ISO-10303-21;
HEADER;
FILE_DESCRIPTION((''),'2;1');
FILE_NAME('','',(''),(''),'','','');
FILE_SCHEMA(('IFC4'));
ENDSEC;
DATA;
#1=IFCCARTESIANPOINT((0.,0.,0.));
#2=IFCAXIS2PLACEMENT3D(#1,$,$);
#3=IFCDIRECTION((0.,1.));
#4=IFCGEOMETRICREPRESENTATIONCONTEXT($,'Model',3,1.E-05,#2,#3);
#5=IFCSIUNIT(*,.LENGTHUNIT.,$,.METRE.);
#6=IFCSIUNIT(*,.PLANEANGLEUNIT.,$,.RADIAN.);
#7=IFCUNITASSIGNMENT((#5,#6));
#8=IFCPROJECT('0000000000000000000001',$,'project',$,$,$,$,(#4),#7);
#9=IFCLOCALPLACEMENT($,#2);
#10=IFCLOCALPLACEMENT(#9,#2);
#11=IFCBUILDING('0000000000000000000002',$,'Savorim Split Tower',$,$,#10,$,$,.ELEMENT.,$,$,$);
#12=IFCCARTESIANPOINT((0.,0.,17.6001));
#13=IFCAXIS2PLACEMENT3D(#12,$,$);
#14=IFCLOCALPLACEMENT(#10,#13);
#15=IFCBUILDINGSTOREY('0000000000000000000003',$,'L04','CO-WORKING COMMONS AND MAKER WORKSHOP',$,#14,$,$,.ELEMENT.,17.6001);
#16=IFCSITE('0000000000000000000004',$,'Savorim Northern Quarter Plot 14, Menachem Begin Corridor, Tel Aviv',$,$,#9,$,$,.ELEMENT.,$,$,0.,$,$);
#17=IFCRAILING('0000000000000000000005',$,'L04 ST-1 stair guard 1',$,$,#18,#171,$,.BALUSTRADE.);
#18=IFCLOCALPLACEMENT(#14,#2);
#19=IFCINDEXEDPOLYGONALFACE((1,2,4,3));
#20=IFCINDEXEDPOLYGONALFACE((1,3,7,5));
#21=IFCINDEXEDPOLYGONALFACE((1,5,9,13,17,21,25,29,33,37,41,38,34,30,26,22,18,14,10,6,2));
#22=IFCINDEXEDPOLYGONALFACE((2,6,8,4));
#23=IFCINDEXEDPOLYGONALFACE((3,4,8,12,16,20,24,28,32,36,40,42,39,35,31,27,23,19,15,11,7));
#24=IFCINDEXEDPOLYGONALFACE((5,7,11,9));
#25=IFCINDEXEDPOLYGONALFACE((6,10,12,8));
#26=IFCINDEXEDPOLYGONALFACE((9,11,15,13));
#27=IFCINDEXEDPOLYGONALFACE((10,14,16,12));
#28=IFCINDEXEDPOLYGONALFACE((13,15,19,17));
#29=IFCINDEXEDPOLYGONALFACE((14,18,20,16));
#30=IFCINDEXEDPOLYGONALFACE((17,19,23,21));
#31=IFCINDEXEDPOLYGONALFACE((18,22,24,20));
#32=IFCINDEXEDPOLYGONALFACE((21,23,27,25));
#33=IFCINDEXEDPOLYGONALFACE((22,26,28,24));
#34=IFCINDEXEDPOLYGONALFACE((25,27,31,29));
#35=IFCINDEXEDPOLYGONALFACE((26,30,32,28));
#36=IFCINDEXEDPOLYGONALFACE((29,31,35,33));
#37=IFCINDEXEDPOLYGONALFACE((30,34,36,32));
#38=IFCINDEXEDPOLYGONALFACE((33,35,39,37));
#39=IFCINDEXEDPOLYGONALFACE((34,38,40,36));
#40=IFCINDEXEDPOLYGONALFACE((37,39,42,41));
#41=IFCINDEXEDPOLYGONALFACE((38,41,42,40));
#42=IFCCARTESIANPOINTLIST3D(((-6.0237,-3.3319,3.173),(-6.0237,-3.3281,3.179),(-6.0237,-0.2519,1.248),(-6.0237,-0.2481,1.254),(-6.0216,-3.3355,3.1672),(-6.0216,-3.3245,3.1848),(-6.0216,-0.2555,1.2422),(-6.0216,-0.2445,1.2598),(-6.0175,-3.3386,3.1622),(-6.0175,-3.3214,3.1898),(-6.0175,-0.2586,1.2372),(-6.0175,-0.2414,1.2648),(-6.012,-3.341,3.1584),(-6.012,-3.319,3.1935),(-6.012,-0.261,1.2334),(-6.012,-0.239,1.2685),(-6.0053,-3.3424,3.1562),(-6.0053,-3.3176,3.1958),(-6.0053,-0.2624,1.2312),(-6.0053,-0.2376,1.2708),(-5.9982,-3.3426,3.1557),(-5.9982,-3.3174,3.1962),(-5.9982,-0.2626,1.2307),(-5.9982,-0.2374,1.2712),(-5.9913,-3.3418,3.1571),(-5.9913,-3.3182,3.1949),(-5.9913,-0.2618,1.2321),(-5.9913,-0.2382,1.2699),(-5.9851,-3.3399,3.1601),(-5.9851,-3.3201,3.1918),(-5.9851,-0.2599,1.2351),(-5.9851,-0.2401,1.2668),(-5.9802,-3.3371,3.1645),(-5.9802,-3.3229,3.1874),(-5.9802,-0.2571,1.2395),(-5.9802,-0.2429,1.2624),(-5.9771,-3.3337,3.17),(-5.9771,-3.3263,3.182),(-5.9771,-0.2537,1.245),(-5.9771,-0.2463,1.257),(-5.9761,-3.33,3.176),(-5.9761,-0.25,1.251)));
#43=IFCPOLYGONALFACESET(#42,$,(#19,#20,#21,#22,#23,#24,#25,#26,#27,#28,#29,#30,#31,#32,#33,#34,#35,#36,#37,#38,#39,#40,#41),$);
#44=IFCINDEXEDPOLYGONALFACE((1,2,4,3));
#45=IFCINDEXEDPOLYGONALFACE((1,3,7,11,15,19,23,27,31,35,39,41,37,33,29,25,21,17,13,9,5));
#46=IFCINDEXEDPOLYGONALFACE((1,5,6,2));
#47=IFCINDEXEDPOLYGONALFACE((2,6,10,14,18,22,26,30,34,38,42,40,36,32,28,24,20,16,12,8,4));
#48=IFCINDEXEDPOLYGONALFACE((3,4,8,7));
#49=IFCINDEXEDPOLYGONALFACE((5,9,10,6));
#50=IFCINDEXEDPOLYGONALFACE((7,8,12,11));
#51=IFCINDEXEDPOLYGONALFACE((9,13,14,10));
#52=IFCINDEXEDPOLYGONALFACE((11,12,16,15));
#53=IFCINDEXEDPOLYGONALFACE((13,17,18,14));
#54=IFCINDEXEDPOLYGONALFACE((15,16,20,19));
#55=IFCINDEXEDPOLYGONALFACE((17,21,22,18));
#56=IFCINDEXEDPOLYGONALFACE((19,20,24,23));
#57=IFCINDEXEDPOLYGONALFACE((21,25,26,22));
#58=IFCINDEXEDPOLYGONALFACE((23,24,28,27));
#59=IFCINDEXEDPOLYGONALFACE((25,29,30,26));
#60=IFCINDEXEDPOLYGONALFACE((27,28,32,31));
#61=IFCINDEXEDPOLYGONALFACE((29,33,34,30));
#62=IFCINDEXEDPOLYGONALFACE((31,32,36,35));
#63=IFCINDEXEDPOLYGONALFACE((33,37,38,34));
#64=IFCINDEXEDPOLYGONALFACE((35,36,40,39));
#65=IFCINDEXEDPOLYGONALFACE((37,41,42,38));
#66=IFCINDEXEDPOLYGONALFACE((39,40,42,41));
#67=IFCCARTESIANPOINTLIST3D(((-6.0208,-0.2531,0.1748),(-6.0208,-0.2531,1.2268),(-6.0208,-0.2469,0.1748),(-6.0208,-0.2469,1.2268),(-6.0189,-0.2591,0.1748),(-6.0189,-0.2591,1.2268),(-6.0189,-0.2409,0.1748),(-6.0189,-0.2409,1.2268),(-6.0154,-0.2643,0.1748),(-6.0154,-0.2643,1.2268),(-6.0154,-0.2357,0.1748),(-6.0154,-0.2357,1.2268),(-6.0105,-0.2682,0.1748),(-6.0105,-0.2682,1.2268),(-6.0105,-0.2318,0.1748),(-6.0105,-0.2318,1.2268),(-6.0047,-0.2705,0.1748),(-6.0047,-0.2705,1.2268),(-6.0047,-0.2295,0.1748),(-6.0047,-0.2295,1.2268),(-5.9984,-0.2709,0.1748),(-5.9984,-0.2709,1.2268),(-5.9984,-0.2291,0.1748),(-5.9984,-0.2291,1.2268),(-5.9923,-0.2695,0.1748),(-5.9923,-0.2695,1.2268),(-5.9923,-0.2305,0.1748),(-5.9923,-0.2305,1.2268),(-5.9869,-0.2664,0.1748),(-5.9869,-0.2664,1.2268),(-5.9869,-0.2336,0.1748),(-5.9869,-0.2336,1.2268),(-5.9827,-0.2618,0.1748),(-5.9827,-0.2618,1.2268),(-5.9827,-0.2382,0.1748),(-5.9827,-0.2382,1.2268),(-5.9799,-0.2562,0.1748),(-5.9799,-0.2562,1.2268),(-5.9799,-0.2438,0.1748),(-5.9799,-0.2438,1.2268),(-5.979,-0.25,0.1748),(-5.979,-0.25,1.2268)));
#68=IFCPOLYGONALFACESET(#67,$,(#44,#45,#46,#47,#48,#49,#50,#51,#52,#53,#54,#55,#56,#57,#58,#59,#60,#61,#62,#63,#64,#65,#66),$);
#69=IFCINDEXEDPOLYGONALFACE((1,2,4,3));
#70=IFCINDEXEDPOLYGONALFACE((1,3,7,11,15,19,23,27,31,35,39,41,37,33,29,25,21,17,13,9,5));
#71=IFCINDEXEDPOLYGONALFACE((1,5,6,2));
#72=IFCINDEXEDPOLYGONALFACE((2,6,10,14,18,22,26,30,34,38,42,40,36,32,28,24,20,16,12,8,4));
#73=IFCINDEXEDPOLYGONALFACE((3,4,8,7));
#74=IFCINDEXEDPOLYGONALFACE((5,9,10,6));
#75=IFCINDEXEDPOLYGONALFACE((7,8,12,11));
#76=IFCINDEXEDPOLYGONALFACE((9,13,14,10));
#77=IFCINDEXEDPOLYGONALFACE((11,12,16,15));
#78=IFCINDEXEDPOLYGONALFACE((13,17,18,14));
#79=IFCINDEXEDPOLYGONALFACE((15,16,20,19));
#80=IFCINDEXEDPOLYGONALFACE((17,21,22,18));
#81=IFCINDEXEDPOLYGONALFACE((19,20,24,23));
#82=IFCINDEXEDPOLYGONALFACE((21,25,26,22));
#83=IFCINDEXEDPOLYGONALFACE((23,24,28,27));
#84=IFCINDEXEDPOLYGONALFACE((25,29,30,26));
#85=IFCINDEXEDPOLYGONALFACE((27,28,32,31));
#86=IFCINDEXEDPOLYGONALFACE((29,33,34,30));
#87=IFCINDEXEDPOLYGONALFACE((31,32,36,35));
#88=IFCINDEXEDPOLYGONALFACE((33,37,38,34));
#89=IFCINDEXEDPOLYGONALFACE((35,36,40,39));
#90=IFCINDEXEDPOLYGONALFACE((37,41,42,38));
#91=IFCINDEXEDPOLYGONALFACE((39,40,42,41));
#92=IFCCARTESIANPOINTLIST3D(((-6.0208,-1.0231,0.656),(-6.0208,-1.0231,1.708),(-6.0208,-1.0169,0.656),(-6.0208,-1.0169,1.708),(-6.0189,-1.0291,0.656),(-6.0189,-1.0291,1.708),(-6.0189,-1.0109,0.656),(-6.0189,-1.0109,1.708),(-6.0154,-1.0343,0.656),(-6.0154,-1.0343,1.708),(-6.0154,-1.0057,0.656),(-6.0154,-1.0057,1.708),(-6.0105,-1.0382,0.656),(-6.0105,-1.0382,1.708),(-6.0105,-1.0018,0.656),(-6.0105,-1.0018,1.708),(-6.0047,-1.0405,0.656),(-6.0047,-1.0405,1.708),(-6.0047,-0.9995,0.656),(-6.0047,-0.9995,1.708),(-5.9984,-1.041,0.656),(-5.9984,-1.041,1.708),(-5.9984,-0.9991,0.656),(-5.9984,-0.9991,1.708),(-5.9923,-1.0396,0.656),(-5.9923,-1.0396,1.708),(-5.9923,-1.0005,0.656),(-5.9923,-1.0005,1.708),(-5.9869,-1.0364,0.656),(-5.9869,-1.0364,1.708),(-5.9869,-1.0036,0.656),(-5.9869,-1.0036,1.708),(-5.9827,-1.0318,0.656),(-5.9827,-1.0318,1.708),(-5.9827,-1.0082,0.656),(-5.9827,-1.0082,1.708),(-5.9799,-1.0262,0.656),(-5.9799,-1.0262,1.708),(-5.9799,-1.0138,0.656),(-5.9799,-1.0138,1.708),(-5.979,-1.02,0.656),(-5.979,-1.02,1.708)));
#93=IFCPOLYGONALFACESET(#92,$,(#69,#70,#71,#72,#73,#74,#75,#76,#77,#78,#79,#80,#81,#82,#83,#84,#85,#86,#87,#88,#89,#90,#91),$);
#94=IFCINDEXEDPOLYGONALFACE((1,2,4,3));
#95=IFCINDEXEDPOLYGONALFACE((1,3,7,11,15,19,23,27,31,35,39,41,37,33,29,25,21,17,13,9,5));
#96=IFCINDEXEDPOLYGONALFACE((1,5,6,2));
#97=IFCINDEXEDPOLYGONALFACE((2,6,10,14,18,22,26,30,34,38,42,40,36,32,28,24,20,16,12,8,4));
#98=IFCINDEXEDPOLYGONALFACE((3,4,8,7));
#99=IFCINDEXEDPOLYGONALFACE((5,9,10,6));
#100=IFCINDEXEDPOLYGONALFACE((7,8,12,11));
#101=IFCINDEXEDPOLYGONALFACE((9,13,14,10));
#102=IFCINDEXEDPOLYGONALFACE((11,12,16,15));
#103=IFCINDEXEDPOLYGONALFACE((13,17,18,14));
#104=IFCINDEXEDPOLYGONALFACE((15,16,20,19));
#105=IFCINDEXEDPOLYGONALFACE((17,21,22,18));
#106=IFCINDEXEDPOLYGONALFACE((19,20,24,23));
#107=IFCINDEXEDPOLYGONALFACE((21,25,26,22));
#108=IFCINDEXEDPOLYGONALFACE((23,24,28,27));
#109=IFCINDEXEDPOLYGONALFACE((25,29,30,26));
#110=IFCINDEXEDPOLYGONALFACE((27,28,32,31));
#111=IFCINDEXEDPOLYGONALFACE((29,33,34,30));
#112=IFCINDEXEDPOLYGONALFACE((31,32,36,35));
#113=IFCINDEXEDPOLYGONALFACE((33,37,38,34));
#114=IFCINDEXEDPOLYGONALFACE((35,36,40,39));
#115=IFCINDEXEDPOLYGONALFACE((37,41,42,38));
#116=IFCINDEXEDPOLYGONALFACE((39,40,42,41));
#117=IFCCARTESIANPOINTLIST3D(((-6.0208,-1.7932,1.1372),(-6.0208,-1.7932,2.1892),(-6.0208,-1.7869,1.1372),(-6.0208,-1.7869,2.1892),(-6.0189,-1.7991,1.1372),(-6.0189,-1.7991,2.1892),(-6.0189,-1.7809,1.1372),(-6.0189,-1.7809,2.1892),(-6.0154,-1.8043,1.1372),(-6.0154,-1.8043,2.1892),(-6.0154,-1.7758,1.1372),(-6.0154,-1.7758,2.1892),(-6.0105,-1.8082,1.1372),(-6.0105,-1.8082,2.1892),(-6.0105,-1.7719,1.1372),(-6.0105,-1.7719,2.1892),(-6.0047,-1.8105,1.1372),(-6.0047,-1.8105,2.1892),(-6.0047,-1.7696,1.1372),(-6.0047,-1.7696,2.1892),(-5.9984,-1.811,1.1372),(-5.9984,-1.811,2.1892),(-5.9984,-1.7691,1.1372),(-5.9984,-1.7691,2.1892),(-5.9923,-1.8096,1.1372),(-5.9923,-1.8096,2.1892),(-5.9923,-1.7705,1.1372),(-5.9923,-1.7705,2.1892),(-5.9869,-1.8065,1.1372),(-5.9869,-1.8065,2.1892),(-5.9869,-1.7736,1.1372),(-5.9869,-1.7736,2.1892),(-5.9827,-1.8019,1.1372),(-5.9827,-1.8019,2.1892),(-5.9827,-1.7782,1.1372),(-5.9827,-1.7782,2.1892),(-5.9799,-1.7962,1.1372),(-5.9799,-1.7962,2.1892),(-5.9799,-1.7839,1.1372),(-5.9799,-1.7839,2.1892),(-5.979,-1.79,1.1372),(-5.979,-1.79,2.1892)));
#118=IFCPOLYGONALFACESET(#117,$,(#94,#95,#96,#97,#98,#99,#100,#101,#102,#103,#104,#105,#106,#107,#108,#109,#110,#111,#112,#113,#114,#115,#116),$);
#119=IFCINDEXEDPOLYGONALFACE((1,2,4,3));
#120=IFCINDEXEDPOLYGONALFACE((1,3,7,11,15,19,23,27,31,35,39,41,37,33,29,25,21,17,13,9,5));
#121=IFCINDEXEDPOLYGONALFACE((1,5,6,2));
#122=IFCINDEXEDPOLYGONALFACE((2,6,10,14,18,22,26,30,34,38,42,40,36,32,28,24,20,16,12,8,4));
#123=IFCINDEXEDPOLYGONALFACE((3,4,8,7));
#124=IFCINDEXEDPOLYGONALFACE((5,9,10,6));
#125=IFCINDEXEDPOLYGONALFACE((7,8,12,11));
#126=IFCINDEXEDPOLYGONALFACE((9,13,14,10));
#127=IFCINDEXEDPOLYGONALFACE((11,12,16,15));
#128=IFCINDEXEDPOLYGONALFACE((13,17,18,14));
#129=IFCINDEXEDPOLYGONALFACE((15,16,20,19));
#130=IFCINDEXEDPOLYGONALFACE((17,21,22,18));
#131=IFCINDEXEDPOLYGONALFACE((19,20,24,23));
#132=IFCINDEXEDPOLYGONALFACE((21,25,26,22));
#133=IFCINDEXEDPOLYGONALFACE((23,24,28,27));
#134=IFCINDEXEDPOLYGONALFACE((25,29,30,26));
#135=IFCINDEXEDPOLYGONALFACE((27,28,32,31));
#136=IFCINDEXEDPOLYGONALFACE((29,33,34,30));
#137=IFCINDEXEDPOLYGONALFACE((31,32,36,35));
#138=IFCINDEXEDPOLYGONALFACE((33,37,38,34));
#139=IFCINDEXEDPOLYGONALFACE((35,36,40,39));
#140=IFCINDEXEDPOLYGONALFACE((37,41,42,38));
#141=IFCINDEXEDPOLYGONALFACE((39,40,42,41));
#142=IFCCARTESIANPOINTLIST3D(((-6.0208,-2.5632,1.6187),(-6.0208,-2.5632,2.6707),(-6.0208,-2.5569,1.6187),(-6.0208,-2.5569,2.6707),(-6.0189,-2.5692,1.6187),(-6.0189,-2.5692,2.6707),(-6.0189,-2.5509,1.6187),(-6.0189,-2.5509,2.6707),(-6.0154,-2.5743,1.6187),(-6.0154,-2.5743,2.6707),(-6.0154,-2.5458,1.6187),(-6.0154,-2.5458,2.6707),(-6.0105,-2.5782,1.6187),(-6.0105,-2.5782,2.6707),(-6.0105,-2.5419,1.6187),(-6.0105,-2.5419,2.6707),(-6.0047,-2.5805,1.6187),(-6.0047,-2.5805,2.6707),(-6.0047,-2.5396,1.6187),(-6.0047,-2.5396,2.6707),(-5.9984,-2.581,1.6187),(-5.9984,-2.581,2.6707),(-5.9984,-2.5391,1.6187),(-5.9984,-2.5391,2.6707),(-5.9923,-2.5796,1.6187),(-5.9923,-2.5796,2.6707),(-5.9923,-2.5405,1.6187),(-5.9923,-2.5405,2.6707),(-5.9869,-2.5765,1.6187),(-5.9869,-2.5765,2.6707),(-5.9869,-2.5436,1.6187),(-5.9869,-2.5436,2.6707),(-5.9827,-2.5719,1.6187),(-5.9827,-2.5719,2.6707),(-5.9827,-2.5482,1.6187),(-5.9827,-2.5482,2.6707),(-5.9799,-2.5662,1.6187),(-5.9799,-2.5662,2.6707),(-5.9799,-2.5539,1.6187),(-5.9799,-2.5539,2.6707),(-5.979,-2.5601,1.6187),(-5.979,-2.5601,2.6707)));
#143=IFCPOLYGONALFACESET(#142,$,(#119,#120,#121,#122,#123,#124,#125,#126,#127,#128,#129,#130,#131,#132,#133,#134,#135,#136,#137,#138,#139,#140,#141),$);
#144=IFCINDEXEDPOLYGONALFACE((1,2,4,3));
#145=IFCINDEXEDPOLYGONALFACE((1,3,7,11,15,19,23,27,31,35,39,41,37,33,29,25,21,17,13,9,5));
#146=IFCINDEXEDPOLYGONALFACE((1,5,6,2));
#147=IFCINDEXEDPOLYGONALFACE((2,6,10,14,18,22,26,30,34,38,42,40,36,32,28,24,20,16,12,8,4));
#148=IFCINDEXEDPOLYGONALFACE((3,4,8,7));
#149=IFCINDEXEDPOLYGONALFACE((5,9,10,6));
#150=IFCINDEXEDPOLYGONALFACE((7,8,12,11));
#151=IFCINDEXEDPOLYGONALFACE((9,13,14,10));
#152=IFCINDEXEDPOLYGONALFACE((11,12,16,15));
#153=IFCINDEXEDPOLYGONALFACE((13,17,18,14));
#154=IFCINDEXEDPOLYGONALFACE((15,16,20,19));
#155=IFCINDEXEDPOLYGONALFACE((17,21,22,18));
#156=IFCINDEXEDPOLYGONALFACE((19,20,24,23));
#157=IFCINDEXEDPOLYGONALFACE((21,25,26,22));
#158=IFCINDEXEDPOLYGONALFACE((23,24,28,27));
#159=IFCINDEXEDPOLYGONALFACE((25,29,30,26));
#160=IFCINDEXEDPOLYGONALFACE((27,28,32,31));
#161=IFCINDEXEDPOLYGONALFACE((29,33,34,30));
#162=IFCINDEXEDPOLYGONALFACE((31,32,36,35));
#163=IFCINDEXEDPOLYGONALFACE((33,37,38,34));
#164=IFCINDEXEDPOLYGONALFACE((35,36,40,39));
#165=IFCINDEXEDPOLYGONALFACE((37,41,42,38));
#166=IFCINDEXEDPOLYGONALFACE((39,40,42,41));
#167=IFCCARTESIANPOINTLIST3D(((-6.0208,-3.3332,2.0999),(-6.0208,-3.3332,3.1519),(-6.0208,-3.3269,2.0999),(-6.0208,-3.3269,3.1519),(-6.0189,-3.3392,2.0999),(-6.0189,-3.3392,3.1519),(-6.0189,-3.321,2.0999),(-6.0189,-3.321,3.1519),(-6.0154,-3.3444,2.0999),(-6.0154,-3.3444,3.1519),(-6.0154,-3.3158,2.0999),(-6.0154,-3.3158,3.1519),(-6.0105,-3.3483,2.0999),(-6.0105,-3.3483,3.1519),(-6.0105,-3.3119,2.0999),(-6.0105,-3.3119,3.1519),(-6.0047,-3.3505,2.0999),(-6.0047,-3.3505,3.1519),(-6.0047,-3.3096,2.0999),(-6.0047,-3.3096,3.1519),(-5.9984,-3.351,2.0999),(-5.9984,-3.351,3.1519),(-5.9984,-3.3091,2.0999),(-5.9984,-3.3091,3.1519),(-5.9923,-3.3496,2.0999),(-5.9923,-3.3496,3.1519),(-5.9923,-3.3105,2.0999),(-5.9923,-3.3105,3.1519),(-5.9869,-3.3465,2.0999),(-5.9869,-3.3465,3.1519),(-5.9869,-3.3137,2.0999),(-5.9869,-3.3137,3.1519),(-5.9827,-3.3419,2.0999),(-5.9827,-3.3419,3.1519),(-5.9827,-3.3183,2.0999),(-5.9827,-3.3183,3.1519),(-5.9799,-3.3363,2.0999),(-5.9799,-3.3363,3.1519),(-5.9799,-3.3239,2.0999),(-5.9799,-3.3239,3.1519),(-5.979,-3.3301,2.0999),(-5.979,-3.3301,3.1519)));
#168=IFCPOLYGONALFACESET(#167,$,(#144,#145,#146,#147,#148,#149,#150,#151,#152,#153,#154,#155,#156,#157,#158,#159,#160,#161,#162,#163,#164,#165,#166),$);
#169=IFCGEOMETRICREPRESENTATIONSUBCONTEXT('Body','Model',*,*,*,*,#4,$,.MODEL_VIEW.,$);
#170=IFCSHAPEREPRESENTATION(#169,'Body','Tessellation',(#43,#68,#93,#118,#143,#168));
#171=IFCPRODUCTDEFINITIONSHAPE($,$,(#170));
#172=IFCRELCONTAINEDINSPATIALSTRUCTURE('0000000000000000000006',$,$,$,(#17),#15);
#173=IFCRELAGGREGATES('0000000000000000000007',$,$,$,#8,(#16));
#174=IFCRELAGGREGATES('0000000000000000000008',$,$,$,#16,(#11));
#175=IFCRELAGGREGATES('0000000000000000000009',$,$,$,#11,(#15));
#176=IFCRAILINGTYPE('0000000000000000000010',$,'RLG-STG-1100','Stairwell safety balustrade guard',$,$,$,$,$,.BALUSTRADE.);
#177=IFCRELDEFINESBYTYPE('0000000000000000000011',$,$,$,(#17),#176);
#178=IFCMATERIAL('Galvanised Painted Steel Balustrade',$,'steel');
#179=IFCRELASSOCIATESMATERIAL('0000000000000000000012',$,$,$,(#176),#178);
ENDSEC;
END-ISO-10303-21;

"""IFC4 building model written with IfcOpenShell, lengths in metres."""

from ifc_helpers import new_model, si_unit, direction, frame, origin, origin_2d, place, context, subcontext, project, spatial, circle, extrude, material, type_object, element, save


model = new_model("IFC4")

# Units and contexts
model_context = context("Model", 3, precision=1e-05, world=origin(), true_north=direction((0.0, 1.0)))
body_context = subcontext(model_context, "Body", "Model", "MODEL_VIEW")
ifc_project = project(units=[si_unit("LENGTHUNIT", "METRE"), si_unit("PLANEANGLEUNIT", "RADIAN")], contexts=[model_context])

# Site, building, storey
site_placement = place(None, origin())
site = spatial("IfcSite", under=ifc_project, at=site_placement, Name="Savorim Northern Quarter Plot 14, Menachem Begin Corridor, Tel Aviv", CompositionType="ELEMENT", RefElevation=0.0)
building_placement = place(site_placement, origin())
building = spatial("IfcBuilding", under=site, at=building_placement, Name="Savorim Split Tower", CompositionType="ELEMENT")
storey_placement = place(building_placement, frame((0.0, 0.0, 17.6001)))
storey = spatial("IfcBuildingStorey", under=building, at=storey_placement, Name="L04", Description="CO-WORKING COMMONS AND MAKER WORKSHOP", CompositionType="ELEMENT", Elevation=17.6001)

# Railing
ifc_material_1 = material(Name="Galvanised Painted Steel Balustrade", Category="steel")
railing_type_1 = type_object("IfcRailingType", Name="RLG-STG-1100", Description="Stairwell safety balustrade guard", PredefinedType="BALUSTRADE", material=ifc_material_1)
railing_1_placement = place(storey_placement, frame((-6.0, -0.25, 0.1748)))
element("IfcRailing", 1, at=railing_1_placement, inside=storey, type_object=railing_type_1, Name="L04 ST-1 stair guard 1", PredefinedType="BALUSTRADE", context=body_context, shape_type="SweptSolid", body=[
    extrude(circle(Radius=0.0239, at=origin_2d()), frame((0.0, 0.0, 1.0762), z_axis=(0.0, -0.847998, 0.529999), x_axis=(1.0, 0.0, 0.0)), (0.0, 0.0, 1.0), 3.6321),
    extrude(circle(Radius=0.021, at=origin_2d()), origin(), (0.0, 0.0, 1.0), 1.052),
    extrude(circle(Radius=0.021, at=origin_2d()), frame((0.0, -0.77, 0.4812)), (0.0, 0.0, 1.0), 1.052),
    extrude(circle(Radius=0.021, at=origin_2d()), frame((0.0, -1.54, 0.9624)), (0.0, 0.0, 1.0), 1.052),
    extrude(circle(Radius=0.021, at=origin_2d()), frame((0.0, -2.3101, 1.4438)), (0.0, 0.0, 1.0), 1.052),
    extrude(circle(Radius=0.021, at=origin_2d()), frame((0.0, -3.0801, 1.925)), (0.0, 0.0, 1.0), 1.052),
])

save(model, "model.ifc")
